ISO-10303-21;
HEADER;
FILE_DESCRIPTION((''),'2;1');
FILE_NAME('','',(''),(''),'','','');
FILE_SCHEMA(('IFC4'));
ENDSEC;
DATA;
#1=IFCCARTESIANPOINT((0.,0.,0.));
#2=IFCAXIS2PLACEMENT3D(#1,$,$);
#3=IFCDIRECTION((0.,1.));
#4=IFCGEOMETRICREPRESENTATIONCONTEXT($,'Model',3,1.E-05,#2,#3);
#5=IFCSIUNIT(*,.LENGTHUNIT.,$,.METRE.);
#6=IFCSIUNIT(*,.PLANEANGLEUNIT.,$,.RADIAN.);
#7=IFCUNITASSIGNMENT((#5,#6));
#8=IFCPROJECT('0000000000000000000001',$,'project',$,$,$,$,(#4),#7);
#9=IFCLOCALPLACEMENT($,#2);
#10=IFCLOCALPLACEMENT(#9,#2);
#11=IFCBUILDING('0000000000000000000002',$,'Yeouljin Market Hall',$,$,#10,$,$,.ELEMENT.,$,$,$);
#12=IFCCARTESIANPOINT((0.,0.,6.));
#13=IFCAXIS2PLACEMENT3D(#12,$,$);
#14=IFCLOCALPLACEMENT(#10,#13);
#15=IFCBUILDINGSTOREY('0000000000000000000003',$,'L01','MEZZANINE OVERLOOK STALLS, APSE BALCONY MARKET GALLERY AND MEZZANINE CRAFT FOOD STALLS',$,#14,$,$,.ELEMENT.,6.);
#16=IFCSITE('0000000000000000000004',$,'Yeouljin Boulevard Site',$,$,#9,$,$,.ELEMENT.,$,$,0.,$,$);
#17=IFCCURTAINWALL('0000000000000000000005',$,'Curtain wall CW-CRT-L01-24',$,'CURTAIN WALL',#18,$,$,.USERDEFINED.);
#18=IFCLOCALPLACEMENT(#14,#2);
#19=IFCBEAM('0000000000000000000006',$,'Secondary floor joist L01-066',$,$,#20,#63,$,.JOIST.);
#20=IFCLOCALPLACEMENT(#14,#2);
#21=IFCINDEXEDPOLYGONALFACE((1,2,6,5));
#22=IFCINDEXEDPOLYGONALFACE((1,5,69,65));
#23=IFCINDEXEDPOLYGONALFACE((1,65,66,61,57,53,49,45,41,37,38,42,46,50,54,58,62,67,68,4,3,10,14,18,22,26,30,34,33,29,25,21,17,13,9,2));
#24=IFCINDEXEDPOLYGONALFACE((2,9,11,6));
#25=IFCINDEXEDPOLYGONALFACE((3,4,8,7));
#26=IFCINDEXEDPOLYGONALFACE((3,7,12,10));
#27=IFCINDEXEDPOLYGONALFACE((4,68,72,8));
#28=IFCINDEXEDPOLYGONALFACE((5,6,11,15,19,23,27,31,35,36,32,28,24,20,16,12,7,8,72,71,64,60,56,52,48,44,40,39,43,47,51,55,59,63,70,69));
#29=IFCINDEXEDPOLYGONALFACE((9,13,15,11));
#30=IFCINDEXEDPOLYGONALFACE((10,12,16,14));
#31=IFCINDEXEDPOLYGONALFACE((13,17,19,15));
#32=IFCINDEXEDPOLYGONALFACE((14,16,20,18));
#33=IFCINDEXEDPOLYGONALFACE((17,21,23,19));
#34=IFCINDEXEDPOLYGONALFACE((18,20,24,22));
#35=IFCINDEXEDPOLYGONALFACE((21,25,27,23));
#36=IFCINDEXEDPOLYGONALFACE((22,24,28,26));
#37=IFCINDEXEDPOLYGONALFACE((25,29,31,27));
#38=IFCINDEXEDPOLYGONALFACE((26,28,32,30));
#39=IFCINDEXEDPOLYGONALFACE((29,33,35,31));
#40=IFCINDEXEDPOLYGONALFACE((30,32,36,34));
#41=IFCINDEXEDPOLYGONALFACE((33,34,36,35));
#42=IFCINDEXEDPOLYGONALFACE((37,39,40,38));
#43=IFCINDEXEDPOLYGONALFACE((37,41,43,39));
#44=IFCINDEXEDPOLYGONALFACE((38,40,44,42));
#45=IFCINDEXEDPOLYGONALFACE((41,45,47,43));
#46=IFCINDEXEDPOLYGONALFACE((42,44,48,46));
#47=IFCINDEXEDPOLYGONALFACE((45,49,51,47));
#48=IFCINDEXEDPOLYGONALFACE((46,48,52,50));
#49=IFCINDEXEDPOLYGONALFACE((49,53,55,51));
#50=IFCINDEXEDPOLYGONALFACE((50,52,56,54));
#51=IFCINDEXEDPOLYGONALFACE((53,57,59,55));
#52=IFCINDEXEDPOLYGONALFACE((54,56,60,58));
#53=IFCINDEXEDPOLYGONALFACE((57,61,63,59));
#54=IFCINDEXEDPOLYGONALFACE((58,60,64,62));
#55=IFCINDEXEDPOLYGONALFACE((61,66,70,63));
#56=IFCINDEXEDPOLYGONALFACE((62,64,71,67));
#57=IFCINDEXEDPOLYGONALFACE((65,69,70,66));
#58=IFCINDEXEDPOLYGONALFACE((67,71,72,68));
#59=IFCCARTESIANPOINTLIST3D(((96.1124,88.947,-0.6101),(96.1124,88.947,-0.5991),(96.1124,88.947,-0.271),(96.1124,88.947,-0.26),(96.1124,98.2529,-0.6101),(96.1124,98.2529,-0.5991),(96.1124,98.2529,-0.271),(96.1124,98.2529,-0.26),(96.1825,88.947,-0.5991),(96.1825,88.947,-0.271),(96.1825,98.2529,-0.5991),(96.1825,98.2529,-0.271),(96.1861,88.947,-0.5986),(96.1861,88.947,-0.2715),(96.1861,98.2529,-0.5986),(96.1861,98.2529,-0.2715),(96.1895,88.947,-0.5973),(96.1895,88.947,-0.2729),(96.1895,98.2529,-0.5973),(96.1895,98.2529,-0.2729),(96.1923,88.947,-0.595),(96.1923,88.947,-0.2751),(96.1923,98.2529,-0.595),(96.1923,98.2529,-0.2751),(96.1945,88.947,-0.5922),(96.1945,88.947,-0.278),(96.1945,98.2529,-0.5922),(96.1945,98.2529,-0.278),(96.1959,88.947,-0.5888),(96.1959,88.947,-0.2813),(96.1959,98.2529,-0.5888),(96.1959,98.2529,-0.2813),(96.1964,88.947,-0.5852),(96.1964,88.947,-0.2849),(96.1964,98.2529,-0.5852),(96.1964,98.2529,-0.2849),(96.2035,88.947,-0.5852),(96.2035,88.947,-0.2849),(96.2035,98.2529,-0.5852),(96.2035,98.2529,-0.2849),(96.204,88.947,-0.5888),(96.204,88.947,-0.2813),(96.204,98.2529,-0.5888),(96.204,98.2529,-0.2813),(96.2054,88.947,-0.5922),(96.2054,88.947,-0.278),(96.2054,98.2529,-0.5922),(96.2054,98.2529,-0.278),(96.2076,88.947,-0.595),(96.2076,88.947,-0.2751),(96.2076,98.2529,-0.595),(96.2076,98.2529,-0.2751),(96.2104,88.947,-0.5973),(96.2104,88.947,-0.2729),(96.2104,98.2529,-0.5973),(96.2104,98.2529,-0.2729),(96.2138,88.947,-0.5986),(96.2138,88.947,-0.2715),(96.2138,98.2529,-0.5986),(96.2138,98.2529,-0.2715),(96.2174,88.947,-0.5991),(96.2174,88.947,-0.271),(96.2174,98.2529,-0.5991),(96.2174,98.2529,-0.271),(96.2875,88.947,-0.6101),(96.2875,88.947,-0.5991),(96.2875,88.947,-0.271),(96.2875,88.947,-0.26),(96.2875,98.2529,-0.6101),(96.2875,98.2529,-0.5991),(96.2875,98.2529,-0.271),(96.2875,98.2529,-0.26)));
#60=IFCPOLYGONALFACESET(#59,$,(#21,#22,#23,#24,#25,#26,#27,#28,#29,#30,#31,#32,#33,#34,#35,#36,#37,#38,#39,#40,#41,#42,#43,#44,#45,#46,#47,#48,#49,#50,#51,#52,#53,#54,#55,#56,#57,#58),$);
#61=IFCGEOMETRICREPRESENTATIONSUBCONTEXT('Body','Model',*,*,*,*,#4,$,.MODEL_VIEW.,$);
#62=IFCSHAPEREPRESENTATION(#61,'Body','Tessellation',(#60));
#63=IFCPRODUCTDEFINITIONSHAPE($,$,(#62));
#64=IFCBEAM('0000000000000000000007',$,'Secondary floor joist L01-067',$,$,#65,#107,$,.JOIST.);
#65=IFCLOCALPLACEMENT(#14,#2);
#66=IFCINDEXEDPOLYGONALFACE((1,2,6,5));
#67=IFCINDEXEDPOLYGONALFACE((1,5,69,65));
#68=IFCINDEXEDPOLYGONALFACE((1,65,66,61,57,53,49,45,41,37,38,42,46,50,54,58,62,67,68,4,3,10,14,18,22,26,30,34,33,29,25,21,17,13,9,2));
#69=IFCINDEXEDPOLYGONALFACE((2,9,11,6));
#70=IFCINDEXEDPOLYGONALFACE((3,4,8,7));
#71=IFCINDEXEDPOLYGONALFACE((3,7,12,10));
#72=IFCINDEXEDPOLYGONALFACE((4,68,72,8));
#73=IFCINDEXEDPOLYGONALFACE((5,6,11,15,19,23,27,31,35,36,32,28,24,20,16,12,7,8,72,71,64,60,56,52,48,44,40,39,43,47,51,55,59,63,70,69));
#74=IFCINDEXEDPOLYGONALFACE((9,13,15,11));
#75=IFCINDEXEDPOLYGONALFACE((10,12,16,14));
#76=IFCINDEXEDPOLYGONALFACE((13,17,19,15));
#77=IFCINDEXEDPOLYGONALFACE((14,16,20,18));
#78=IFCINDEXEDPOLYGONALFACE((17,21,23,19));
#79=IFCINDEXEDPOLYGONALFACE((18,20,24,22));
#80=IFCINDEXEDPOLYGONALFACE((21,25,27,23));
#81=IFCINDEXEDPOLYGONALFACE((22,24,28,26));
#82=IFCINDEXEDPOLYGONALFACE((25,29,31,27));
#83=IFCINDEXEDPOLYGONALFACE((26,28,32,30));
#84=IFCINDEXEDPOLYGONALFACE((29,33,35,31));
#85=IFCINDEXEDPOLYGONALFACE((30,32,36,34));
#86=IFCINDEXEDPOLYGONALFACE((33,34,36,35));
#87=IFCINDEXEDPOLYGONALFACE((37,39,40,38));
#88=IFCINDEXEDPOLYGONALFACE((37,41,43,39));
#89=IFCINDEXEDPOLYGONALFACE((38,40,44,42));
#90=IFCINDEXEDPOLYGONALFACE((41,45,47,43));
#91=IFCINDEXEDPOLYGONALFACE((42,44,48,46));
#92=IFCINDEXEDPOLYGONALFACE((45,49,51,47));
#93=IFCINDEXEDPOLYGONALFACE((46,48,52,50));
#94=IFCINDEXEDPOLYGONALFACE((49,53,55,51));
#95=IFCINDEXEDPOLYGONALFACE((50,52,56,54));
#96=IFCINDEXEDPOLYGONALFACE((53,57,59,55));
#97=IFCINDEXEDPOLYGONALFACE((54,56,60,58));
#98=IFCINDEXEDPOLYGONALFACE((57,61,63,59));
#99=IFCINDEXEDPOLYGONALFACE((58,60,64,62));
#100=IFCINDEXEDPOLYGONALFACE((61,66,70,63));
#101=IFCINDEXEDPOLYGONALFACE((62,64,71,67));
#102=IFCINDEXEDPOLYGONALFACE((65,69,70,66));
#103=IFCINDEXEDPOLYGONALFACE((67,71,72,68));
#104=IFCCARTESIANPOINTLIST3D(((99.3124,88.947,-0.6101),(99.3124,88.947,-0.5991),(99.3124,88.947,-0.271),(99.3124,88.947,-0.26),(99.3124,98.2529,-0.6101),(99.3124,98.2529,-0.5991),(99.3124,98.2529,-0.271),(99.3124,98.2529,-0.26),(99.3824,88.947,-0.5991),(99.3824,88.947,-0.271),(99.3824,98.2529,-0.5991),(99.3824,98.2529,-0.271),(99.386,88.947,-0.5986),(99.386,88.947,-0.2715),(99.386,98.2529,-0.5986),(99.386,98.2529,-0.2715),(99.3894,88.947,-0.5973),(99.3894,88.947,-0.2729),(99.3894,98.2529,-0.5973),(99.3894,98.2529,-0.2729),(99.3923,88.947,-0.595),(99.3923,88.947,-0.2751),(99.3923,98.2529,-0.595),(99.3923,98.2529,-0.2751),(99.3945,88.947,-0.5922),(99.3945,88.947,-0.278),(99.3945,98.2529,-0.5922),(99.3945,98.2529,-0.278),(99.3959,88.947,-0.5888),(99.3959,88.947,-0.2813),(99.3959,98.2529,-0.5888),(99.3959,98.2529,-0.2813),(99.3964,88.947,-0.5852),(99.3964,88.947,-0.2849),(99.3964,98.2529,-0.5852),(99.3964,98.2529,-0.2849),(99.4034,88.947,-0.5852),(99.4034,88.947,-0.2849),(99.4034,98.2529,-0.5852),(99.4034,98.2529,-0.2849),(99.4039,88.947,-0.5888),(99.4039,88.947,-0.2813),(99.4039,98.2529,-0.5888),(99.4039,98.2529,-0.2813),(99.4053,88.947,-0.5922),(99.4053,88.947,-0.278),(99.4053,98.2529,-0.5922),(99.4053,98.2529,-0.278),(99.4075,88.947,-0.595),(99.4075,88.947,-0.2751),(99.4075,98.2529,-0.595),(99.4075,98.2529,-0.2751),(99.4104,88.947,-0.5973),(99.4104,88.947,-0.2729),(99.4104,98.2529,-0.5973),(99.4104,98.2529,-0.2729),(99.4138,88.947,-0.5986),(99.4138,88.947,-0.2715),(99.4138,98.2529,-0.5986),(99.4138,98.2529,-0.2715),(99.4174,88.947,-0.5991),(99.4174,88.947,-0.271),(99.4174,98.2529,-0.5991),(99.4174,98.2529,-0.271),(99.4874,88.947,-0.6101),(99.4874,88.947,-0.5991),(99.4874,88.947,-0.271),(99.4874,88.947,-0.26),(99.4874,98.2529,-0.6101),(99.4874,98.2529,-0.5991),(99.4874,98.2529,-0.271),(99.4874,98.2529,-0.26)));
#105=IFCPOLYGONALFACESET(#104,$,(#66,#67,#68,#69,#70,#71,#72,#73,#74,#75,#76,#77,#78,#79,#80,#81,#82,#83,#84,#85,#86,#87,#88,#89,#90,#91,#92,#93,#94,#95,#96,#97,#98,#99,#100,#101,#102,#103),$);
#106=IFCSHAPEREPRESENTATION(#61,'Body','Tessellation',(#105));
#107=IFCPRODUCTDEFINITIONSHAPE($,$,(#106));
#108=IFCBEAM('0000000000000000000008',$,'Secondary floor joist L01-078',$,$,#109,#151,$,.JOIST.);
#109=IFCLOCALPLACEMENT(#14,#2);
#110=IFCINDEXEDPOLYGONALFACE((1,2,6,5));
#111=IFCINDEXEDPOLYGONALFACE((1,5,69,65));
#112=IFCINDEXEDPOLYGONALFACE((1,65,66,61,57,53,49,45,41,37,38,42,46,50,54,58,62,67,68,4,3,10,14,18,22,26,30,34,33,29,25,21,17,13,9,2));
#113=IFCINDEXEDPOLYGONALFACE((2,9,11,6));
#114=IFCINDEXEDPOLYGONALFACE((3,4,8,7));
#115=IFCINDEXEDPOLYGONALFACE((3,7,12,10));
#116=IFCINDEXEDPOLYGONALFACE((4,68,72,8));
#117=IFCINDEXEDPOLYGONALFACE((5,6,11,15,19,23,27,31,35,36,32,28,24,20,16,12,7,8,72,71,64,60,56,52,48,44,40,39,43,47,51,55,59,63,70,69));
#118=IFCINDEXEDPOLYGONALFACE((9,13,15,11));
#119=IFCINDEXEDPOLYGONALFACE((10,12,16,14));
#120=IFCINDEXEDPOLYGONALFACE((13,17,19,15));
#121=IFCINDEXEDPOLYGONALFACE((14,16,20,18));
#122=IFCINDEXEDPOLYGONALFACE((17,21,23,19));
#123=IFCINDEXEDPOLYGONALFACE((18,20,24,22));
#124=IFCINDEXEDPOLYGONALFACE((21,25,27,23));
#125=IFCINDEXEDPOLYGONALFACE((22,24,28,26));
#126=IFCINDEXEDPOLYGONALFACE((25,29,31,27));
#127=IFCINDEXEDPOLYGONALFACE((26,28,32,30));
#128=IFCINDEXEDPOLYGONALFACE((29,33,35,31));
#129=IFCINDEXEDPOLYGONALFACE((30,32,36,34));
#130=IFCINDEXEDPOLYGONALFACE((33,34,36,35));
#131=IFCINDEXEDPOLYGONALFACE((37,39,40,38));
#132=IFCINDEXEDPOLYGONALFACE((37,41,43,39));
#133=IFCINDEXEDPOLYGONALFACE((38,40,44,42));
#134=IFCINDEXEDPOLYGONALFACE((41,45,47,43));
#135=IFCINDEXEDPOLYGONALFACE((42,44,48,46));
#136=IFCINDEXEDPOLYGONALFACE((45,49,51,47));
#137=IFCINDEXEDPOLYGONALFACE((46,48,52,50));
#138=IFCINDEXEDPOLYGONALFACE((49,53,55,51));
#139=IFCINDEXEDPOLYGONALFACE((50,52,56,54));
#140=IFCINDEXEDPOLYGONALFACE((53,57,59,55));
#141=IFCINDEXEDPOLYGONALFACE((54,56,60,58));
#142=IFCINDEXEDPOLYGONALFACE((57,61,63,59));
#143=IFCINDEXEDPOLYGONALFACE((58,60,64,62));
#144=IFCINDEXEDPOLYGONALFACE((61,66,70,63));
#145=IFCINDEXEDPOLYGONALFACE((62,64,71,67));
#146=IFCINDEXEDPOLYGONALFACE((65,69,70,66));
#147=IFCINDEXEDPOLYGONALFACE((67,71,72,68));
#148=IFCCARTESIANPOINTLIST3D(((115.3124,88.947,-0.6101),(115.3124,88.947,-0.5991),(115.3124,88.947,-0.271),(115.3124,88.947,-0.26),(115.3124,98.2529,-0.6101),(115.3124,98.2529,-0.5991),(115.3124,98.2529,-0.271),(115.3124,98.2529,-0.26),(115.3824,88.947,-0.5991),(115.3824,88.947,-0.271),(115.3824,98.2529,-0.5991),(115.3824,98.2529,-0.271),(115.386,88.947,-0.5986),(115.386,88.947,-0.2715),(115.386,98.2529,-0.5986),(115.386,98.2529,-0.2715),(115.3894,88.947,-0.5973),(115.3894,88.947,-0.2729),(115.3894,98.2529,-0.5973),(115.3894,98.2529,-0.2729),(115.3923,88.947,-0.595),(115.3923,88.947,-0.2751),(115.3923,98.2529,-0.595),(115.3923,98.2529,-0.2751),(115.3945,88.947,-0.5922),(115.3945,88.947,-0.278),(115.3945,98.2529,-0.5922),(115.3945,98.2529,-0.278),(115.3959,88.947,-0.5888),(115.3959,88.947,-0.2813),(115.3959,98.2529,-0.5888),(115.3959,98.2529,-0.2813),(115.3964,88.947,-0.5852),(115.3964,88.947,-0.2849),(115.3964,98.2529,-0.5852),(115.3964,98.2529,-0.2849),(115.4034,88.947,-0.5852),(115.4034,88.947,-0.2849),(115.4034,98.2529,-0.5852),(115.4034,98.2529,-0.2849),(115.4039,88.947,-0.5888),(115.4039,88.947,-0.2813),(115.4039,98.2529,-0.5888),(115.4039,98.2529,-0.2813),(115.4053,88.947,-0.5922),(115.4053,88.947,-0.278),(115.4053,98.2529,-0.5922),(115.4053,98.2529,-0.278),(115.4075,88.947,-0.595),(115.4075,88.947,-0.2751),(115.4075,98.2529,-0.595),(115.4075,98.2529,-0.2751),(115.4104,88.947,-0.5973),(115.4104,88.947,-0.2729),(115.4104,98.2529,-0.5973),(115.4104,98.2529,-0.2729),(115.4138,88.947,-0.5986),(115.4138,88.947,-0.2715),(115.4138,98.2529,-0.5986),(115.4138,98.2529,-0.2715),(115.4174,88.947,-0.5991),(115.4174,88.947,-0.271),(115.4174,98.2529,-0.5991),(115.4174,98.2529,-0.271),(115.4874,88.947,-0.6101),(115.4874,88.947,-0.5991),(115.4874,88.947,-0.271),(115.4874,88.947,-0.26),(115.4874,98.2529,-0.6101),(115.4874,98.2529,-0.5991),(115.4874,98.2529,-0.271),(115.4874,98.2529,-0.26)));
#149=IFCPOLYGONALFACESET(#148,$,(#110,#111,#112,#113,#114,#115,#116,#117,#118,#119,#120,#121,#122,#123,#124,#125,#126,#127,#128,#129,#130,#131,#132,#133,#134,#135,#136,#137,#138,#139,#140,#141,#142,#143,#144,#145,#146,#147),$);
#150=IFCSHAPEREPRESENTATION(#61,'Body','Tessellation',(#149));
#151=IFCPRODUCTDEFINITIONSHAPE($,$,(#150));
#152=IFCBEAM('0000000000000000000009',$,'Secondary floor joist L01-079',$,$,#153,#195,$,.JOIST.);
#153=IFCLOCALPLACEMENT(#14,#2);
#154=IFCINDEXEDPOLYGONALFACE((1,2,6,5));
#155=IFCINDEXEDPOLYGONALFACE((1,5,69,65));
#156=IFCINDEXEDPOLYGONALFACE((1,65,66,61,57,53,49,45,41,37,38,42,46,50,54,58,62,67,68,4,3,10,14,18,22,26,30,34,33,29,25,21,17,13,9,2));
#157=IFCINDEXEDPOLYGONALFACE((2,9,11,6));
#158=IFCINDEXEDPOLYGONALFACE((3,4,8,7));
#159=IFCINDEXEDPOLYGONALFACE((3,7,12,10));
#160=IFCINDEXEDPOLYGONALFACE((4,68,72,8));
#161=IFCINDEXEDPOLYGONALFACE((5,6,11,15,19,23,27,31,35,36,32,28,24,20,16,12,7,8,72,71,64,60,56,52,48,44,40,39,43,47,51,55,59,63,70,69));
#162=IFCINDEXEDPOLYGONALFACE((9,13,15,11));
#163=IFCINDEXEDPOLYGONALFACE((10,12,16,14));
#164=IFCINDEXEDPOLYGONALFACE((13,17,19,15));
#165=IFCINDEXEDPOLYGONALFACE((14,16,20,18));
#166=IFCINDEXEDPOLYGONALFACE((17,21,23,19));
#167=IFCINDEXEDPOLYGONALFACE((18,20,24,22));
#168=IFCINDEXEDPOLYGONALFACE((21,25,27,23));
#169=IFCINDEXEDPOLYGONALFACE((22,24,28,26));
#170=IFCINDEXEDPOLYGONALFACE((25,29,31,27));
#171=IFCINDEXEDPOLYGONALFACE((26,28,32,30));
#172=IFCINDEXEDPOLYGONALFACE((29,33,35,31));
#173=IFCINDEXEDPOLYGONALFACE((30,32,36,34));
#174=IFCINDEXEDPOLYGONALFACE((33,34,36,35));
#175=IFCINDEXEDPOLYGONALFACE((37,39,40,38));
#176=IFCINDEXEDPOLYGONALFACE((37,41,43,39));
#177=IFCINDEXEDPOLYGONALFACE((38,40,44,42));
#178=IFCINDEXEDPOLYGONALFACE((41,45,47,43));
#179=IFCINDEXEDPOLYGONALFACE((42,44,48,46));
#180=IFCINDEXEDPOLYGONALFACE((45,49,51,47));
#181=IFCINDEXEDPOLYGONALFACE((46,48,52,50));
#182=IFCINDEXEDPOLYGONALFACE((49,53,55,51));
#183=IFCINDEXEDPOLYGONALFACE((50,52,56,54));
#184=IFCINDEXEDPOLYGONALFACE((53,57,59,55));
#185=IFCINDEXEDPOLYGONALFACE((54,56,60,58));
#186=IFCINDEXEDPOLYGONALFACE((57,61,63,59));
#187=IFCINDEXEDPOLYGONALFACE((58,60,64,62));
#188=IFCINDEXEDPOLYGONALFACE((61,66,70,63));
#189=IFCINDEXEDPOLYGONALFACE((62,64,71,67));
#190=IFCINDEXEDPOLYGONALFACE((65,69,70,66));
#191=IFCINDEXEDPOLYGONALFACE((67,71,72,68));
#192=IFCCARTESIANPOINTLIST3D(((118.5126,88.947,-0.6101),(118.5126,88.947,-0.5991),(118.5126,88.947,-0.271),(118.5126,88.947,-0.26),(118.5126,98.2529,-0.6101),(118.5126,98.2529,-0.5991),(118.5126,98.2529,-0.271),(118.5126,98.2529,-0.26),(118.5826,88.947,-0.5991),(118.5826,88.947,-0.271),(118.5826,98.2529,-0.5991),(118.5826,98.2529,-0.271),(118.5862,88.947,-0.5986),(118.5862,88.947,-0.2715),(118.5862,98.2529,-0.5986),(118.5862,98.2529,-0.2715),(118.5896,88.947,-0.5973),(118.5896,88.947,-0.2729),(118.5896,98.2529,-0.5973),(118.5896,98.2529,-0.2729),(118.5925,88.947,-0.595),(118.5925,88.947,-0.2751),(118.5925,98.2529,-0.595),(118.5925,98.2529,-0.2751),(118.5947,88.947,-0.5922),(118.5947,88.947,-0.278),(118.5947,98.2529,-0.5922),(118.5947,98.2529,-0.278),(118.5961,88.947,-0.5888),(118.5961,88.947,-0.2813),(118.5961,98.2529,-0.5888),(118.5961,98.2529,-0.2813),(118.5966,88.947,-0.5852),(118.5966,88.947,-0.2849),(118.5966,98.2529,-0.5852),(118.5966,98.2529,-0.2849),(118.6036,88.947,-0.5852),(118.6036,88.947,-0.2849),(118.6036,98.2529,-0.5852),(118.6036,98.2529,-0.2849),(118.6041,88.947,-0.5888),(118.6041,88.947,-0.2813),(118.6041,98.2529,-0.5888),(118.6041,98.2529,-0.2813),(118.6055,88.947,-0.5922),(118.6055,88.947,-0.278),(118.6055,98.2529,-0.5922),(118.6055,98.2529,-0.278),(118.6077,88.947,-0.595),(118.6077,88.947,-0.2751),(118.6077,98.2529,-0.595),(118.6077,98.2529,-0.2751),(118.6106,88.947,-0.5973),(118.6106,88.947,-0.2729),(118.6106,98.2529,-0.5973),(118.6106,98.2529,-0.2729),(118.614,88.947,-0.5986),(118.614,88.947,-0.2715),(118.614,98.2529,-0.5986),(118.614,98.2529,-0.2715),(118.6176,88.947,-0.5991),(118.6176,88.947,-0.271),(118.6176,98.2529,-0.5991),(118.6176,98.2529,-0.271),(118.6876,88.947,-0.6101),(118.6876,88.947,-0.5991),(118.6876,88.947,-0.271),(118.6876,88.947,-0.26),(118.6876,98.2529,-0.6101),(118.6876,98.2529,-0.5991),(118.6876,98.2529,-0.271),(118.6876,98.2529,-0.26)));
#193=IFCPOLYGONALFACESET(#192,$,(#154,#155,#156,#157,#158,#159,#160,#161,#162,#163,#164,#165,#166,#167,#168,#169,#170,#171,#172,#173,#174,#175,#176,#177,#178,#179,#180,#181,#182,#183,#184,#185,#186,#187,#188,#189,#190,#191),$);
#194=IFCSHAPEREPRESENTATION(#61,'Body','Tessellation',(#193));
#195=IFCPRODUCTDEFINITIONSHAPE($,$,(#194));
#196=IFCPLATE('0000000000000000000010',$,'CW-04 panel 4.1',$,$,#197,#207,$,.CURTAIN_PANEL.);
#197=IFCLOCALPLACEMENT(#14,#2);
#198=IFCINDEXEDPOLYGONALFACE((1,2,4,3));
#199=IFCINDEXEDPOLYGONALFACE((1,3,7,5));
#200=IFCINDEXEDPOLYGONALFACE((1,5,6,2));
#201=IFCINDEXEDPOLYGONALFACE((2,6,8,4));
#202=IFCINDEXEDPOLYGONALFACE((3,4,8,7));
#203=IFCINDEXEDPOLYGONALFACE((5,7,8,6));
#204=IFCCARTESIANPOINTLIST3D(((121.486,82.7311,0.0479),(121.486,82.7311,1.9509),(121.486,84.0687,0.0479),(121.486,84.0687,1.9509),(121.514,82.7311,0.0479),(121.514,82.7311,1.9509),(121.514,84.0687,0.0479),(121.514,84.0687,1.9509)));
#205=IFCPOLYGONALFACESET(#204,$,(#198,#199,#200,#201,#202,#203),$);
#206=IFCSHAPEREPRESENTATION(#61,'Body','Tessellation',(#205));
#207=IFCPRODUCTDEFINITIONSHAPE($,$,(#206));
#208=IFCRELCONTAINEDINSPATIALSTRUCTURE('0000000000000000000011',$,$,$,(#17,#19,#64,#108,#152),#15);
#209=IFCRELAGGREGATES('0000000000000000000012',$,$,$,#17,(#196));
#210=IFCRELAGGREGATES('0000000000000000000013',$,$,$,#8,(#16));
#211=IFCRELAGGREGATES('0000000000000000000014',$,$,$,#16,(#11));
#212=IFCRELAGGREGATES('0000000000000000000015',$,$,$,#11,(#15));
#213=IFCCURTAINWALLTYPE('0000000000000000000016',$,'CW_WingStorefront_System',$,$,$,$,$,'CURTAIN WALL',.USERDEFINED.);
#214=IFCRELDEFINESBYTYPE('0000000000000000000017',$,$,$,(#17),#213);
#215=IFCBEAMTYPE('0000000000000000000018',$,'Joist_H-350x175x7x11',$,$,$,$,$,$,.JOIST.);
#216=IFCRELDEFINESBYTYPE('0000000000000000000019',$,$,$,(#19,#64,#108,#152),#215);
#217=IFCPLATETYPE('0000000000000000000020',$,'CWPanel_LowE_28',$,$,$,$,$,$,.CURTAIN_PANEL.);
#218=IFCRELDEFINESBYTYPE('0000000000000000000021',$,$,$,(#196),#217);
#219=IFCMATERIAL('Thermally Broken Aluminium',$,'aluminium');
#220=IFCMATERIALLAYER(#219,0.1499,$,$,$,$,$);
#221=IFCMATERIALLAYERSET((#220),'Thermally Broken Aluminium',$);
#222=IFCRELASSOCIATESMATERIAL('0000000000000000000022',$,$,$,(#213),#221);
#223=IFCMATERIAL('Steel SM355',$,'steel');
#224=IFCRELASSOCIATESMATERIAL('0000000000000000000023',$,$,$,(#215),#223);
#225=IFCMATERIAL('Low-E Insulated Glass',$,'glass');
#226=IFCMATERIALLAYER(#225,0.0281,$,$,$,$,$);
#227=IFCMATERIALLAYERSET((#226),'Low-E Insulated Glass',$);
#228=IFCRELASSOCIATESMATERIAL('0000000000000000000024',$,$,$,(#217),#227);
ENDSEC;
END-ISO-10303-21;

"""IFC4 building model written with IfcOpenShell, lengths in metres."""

from ifc_helpers import new_model, si_unit, direction, frame, origin, origin_2d, place, context, subcontext, project, spatial, rectangle, i_section, extrude, material, layer, layer_set, material_profile, profile_set, type_object, element, aggregate, save


model = new_model("IFC4")

# Units and contexts
model_context = context("Model", 3, precision=1e-05, world=origin(), true_north=direction((0.0, 1.0)))
body_context = subcontext(model_context, "Body", "Model", "MODEL_VIEW")
ifc_project = project(units=[si_unit("LENGTHUNIT", "METRE"), si_unit("PLANEANGLEUNIT", "RADIAN")], contexts=[model_context])

# Site, building, storey
site_placement = place(None, origin())
site = spatial("IfcSite", under=ifc_project, at=site_placement, Name="Yeouljin Boulevard Site", CompositionType="ELEMENT", RefElevation=0.0)
building_placement = place(site_placement, origin())
building = spatial("IfcBuilding", under=site, at=building_placement, Name="Yeouljin Market Hall", CompositionType="ELEMENT")
storey_placement = place(building_placement, frame((0.0, 0.0, 6.0)))
storey = spatial("IfcBuildingStorey", under=building, at=storey_placement, Name="L01", Description="MEZZANINE OVERLOOK STALLS, APSE BALCONY MARKET GALLERY AND MEZZANINE CRAFT FOOD STALLS", CompositionType="ELEMENT", Elevation=6.0)

# Curtain wall
ifc_material_1 = material(Name="Thermally Broken Aluminium", Category="aluminium")
ifc_layer_1 = layer(ifc_material_1, 0.1499)
ifc_layer_set_1 = layer_set([ifc_layer_1], Name="Thermally Broken Aluminium")
curtain_wall_type = type_object("IfcCurtainWallType", Name="CW_WingStorefront_System", ElementType="CURTAIN WALL", PredefinedType="USERDEFINED", material=ifc_layer_set_1)
curtain_wall_placement = place(storey_placement, origin())
curtain_wall = element("IfcCurtainWall", 1, at=curtain_wall_placement, inside=storey, type_object=curtain_wall_type, Name="Curtain wall CW-CRT-L01-24", ObjectType="CURTAIN WALL", PredefinedType="USERDEFINED")

# Beams
ifc_material_2 = material(Name="Steel SM355", Category="steel")
ifc_material_profile_1 = material_profile(ifc_material_2, i_section(OverallWidth=0.175, OverallDepth=0.3501, WebThickness=0.0071, FlangeThickness=0.011, FilletRadius=0.0139, at=origin_2d()), Name="H-350x175x7x11")
ifc_profile_set_1 = profile_set([ifc_material_profile_1], Name="Steel SM355")
beam_type_1 = type_object("IfcBeamType", Name="Joist_H-350x175x7x11", PredefinedType="JOIST", material=ifc_profile_set_1)
for number, where, z_axis, x_axis, name in (
    (2, (96.2, 88.947, -0.4351), (0.0, 1.0, 0.0), (-1.0, 0.0, 0.0), "Secondary floor joist L01-066"),
    (3, (99.3999, 88.947, -0.4351), (0.0, 1.0, 0.0), (-1.0, 0.0, 0.0), "Secondary floor joist L01-067"),
    (4, (115.3999, 88.947, -0.4351), (0.0, 1.0, 0.0), (-1.0, 0.0, 0.0), "Secondary floor joist L01-078"),
    (5, (118.6001, 88.947, -0.4351), (0.0, 1.0, 0.0), (-1.0, 0.0, 0.0), "Secondary floor joist L01-079"),
):
    element("IfcBeam", number, at=place(storey_placement, frame(where, z_axis=z_axis, x_axis=x_axis)), inside=storey, type_object=beam_type_1, Name=name, PredefinedType="JOIST", context=body_context, shape_type="SweptSolid", body=[
        extrude(i_section(OverallWidth=0.175, OverallDepth=0.3501, WebThickness=0.0071, FlangeThickness=0.011, FilletRadius=0.0139, at=origin_2d()), origin(), (0.0, 0.0, 1.0), 9.3059),
    ])

# Plate
ifc_material_3 = material(Name="Low-E Insulated Glass", Category="glass")
ifc_layer_2 = layer(ifc_material_3, 0.0281)
ifc_layer_set_2 = layer_set([ifc_layer_2], Name="Low-E Insulated Glass")
plate_type_1 = type_object("IfcPlateType", Name="CWPanel_LowE_28", PredefinedType="CURTAIN_PANEL", material=ifc_layer_set_2)
plate_1_placement = place(storey_placement, frame((121.5, 83.3999, 0.0479), z_axis=(0.0, 0.0, 1.0), x_axis=(0.0, -1.0, 0.0)))
plate_1 = element("IfcPlate", 6, at=plate_1_placement, type_object=plate_type_1, Name="CW-04 panel 4.1", PredefinedType="CURTAIN_PANEL", context=body_context, shape_type="SweptSolid", body=[
    extrude(rectangle(XDim=1.3376, YDim=0.0281, at=origin_2d()), origin(), (0.0, 0.0, 1.0), 1.9031),
])
aggregate(curtain_wall, [plate_1])

save(model, "model.ifc")
